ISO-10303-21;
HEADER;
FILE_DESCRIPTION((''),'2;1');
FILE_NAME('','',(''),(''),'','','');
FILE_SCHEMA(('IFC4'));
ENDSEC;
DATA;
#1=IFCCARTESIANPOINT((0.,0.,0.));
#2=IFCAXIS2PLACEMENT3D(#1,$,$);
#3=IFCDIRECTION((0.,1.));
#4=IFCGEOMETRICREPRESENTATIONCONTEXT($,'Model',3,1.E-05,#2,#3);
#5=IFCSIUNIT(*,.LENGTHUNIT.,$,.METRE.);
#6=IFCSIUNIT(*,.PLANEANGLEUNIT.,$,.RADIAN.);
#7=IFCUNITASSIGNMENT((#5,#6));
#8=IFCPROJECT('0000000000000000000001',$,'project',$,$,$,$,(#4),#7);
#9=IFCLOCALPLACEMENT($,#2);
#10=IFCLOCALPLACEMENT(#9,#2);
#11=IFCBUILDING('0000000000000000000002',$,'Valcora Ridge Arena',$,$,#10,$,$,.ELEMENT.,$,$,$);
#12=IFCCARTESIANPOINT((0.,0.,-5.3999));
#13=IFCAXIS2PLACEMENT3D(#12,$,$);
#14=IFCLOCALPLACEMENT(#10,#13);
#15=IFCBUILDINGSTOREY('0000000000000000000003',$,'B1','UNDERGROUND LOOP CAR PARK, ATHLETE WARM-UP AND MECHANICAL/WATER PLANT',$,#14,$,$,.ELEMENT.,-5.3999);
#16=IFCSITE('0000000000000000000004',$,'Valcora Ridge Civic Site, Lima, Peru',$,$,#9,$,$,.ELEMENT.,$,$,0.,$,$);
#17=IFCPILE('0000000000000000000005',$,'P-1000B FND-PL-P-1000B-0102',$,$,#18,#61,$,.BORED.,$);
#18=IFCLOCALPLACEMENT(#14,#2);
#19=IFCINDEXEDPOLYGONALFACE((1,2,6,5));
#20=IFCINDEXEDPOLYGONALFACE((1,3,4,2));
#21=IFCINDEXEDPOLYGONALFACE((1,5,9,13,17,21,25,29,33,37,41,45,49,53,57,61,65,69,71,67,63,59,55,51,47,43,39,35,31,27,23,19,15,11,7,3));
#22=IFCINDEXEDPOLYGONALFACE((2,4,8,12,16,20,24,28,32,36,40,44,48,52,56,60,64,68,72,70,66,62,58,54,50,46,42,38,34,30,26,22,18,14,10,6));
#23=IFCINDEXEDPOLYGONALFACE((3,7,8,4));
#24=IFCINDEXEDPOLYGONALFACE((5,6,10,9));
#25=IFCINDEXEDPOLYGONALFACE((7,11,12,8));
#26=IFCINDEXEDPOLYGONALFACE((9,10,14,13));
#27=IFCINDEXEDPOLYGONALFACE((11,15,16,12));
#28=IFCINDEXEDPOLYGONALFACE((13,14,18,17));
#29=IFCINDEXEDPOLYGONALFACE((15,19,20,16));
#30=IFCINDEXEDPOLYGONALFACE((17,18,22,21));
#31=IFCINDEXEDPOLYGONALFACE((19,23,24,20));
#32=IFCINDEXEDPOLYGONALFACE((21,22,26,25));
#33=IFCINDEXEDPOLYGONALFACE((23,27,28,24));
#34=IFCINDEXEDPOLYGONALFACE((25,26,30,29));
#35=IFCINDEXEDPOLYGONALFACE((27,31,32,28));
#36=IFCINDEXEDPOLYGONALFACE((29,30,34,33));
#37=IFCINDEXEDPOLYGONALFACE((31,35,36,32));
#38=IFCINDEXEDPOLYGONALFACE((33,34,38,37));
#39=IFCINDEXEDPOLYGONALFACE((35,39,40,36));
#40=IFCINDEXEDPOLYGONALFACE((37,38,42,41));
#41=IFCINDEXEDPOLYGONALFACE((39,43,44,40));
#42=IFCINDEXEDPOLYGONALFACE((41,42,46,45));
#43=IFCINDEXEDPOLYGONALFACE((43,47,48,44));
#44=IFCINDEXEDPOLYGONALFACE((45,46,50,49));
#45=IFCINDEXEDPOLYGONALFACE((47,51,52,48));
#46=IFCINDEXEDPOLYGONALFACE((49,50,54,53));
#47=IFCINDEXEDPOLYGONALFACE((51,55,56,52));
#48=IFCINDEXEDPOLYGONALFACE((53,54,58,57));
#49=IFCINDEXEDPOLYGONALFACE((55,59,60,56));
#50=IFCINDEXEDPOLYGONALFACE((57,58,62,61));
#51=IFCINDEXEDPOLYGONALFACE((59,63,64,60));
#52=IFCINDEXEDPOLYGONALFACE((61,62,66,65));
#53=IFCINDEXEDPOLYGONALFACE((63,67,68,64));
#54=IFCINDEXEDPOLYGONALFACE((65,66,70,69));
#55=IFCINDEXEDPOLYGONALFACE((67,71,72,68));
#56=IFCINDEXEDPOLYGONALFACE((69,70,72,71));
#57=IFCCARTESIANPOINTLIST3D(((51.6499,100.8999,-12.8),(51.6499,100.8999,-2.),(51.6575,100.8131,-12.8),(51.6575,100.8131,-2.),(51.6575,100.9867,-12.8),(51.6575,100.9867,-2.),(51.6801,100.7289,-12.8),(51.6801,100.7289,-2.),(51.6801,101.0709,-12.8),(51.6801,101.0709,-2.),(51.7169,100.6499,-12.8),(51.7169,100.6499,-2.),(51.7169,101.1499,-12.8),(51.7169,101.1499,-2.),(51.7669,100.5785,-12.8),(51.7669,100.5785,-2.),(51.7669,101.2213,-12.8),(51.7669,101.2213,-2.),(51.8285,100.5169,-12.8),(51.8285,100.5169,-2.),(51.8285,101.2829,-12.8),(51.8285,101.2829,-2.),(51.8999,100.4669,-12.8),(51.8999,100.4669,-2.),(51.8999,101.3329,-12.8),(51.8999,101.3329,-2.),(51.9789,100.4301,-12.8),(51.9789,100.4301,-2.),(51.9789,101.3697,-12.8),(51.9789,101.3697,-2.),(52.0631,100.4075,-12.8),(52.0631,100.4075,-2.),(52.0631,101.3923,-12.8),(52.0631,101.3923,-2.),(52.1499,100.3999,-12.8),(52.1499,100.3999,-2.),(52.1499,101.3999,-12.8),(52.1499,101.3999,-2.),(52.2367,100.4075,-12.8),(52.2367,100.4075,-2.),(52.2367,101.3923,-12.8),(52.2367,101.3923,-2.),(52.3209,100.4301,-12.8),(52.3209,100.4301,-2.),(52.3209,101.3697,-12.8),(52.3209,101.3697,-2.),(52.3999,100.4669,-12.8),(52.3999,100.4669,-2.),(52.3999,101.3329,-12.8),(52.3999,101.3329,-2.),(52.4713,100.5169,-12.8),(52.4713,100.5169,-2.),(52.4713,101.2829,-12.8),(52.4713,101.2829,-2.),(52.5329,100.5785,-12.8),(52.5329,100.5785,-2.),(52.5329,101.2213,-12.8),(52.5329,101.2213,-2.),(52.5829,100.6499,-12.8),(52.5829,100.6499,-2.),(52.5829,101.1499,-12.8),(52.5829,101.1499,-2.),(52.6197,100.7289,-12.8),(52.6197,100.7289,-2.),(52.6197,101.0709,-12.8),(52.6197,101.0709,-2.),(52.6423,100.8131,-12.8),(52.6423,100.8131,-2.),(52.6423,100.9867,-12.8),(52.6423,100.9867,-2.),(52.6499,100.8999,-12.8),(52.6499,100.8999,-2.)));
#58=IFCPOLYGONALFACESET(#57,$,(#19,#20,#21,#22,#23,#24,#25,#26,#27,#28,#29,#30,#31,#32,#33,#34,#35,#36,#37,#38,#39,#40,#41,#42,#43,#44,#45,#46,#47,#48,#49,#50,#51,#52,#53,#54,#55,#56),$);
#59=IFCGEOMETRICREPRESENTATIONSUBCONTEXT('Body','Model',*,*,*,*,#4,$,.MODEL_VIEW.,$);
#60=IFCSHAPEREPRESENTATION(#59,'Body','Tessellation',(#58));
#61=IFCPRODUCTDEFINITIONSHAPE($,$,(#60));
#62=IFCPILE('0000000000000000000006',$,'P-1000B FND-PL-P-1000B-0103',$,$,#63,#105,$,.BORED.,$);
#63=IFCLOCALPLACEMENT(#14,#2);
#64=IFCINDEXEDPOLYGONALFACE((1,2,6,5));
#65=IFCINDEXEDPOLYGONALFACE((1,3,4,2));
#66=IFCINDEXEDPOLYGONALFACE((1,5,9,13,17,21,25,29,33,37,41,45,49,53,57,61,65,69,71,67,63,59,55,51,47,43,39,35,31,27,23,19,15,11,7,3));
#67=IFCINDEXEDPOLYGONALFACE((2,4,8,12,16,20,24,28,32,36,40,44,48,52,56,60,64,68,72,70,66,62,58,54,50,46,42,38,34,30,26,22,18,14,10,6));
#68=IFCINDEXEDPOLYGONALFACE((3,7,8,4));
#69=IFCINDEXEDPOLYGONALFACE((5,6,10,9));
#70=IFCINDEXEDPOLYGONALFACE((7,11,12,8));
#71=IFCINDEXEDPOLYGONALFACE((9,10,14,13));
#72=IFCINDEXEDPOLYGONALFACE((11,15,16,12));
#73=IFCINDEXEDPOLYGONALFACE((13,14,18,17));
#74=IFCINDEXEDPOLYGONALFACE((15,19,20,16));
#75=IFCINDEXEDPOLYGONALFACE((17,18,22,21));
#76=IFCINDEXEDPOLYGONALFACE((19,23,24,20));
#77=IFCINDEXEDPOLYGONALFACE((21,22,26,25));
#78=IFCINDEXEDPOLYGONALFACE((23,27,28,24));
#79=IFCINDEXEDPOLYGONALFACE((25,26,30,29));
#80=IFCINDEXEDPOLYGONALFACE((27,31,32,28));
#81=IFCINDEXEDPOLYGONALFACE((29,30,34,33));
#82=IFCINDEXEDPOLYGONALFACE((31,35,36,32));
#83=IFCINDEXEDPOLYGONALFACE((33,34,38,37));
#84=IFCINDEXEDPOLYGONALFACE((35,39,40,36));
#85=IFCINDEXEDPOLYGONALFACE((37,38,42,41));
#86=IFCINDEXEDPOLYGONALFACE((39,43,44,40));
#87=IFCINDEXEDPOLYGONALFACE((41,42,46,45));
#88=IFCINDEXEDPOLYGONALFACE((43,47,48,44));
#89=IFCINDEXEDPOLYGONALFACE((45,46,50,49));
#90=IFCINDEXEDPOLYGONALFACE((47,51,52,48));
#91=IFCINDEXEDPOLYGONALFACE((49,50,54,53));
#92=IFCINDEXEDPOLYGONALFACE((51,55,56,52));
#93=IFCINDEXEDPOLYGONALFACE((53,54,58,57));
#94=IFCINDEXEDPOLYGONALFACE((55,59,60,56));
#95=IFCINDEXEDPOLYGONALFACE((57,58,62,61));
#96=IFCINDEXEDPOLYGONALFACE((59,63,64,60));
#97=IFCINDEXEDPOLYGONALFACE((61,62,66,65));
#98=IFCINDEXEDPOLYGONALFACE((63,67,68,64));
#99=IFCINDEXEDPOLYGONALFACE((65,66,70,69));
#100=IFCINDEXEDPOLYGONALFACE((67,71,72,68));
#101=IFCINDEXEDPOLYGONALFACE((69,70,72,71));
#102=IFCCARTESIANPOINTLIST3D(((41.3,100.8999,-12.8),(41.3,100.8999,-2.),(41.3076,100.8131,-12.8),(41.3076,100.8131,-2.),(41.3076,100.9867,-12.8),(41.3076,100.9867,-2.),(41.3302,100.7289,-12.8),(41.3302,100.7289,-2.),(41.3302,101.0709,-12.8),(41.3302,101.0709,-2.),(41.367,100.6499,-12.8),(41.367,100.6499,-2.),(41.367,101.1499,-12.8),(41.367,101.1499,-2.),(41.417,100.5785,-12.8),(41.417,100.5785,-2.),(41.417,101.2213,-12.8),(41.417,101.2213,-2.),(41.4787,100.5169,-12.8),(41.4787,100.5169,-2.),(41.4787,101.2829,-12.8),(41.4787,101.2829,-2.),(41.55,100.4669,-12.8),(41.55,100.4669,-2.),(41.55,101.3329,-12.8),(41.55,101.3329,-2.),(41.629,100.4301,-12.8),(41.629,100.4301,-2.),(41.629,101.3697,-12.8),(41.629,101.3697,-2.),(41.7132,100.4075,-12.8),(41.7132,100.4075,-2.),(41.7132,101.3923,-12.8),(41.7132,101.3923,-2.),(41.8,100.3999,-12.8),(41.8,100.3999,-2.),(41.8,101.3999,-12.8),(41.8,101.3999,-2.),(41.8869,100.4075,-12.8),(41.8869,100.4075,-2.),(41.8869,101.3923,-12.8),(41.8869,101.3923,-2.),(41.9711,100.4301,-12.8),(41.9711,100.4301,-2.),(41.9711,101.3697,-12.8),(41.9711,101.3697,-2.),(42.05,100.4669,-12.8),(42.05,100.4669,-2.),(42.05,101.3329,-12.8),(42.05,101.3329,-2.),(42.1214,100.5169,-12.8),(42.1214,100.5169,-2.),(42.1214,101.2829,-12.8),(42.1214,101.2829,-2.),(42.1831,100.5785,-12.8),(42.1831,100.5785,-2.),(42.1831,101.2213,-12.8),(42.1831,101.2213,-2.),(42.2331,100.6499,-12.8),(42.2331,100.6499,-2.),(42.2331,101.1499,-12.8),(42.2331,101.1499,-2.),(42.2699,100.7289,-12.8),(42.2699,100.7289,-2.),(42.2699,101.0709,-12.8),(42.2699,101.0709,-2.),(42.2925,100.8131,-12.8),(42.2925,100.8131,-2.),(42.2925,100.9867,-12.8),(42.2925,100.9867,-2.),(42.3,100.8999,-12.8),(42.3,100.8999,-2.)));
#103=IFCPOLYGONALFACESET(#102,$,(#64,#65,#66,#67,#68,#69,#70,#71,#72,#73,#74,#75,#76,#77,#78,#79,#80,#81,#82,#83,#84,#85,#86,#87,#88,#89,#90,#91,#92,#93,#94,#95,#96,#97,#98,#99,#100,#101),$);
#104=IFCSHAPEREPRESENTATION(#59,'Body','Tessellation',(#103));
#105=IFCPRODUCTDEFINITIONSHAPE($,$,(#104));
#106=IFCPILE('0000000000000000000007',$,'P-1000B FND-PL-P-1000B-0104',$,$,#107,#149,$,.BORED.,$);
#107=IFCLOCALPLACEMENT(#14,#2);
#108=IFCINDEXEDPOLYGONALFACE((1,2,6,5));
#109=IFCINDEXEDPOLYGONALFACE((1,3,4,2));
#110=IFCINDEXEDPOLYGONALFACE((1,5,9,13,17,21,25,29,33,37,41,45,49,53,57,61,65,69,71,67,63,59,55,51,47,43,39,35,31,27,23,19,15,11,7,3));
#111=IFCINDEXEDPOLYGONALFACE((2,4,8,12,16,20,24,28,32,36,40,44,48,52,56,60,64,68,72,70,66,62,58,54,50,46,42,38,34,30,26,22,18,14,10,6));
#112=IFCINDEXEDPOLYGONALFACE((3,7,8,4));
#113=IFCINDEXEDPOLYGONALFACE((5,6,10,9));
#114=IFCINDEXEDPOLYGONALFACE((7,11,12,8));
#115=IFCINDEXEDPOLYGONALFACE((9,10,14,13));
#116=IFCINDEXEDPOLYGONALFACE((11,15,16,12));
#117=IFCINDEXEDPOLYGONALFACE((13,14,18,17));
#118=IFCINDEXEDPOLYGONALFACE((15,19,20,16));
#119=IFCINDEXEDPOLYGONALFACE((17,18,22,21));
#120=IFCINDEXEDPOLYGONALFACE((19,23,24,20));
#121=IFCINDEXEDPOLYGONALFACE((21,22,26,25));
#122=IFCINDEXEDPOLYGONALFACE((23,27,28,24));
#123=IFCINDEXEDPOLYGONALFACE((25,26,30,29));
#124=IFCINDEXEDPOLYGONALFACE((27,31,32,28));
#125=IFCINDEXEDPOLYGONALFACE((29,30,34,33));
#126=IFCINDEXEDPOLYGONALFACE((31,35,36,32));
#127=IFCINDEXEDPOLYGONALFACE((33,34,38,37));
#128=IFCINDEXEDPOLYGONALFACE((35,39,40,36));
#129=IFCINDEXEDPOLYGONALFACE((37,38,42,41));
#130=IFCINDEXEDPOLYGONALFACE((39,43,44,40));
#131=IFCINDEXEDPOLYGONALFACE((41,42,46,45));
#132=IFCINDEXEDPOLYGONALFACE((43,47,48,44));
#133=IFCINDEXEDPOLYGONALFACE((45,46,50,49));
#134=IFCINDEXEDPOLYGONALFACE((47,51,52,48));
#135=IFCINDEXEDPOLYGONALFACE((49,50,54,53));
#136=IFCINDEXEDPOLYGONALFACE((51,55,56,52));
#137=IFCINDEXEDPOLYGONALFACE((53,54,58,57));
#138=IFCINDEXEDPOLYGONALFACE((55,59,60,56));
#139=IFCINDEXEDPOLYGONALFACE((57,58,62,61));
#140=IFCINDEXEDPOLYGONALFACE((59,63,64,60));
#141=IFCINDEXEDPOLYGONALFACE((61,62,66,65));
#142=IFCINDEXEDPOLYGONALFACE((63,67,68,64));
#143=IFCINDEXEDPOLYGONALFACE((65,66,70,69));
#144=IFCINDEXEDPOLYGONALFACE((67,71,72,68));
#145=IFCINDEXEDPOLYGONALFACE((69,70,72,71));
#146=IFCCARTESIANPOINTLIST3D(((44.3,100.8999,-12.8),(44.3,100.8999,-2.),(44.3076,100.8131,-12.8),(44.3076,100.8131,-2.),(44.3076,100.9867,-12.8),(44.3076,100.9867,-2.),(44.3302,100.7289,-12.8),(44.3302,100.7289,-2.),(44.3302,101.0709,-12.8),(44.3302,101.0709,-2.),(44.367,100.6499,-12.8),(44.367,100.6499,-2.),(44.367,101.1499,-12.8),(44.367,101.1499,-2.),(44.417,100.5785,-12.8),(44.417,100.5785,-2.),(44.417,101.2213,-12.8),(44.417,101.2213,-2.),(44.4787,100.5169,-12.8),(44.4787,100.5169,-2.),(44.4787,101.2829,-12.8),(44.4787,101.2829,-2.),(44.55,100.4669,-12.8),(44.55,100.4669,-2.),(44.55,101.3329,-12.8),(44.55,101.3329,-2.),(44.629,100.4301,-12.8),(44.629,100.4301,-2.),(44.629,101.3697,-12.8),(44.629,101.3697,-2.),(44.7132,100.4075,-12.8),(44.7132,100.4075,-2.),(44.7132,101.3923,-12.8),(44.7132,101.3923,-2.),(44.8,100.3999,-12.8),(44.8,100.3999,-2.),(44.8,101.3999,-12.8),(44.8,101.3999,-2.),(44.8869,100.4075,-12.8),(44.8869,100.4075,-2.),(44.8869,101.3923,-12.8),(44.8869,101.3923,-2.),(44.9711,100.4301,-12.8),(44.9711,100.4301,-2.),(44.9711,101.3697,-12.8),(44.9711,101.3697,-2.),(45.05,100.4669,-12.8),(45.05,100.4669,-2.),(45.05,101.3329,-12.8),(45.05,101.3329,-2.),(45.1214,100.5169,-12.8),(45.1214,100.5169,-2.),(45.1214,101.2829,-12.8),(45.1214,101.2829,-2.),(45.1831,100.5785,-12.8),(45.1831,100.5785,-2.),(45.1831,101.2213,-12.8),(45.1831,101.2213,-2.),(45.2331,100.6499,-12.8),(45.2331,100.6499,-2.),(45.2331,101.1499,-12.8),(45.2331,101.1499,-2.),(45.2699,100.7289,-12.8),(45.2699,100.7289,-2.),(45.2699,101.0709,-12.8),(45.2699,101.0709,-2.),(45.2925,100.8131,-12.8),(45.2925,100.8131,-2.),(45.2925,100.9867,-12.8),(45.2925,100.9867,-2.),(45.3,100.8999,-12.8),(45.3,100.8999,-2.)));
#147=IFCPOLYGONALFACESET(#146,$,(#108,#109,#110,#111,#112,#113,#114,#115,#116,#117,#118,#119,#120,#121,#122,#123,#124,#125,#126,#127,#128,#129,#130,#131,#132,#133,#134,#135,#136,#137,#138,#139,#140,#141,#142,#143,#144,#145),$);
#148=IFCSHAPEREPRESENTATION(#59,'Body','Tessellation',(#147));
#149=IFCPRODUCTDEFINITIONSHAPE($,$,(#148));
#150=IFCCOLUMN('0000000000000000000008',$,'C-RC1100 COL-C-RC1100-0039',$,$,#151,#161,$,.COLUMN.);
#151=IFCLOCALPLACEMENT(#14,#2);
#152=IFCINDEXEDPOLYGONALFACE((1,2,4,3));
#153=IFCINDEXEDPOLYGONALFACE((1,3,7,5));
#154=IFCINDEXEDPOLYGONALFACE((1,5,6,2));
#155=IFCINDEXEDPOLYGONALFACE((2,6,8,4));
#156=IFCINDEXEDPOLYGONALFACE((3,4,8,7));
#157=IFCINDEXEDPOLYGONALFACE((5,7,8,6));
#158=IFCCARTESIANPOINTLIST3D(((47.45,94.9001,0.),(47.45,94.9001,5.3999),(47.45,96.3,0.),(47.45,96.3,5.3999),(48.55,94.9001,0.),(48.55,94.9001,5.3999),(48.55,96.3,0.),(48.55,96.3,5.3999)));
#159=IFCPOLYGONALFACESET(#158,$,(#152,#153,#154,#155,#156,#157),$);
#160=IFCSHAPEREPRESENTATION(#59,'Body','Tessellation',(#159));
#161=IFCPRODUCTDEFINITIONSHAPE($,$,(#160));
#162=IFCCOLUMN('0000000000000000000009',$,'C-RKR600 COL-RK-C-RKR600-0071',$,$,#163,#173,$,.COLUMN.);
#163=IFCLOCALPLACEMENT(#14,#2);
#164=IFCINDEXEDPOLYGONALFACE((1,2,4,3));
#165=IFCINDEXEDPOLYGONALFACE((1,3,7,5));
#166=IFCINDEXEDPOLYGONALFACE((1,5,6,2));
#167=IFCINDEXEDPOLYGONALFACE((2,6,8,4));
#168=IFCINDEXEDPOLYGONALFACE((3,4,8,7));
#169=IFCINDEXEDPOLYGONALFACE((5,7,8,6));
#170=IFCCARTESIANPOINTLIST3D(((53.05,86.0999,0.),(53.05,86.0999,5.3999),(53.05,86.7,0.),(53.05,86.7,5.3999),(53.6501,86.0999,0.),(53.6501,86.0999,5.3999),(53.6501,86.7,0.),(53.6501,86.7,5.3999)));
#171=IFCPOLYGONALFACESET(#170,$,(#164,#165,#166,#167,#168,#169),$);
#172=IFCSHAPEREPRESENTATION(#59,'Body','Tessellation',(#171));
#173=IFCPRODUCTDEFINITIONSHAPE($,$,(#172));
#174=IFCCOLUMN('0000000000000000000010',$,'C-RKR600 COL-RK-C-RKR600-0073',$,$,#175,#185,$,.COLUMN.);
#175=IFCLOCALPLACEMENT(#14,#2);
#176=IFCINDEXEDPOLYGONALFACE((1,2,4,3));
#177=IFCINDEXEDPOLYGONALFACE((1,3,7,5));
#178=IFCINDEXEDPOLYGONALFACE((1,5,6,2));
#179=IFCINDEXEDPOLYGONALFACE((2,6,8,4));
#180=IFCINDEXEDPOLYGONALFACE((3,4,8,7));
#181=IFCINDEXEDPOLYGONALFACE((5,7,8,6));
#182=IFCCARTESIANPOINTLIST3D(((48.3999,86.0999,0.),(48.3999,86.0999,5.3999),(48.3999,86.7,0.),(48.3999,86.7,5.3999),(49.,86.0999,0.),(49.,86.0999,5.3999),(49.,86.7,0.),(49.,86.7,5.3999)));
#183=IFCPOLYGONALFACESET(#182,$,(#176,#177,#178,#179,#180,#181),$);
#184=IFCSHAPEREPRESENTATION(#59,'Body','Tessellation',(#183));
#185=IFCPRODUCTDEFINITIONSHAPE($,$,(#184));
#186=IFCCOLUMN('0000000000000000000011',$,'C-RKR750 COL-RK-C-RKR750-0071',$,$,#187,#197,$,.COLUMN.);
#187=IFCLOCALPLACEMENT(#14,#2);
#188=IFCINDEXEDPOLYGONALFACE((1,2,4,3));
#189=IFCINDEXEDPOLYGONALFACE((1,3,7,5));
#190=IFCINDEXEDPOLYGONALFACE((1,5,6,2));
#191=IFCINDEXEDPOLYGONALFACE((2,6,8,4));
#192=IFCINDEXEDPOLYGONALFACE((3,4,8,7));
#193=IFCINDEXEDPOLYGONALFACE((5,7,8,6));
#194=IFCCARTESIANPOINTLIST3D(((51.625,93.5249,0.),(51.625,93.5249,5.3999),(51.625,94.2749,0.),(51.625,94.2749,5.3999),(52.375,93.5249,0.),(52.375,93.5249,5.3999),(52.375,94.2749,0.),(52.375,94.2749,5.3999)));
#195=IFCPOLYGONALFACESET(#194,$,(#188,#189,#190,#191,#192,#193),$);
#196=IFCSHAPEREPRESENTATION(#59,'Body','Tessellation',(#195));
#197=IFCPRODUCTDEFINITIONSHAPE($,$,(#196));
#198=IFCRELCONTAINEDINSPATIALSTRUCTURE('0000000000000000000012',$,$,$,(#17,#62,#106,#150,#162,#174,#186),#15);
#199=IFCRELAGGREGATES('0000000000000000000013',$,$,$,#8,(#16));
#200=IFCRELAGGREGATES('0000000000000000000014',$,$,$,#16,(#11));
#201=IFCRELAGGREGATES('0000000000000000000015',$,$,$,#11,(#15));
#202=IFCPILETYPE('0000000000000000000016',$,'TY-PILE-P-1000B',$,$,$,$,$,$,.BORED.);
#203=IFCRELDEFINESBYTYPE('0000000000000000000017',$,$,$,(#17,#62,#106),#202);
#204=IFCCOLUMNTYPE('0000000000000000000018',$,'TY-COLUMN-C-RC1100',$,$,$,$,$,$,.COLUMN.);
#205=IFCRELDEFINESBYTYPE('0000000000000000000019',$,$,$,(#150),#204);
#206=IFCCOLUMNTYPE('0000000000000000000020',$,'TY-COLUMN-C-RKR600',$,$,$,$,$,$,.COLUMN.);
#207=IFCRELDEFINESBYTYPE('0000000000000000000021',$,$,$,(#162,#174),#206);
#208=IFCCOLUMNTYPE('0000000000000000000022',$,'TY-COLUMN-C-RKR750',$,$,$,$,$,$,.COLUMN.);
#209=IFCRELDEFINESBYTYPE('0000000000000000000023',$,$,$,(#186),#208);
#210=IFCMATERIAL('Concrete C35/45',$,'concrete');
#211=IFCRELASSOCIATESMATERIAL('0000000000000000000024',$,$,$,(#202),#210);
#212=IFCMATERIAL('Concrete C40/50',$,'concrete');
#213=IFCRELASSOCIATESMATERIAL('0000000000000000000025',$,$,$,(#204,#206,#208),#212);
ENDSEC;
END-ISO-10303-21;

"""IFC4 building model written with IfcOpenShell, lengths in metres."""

from ifc_helpers import new_model, si_unit, direction, frame, origin, origin_2d, place, context, subcontext, project, spatial, rectangle, circle, extrude, material, material_profile, profile_set, type_object, element, save


model = new_model("IFC4")

# Units and contexts
model_context = context("Model", 3, precision=1e-05, world=origin(), true_north=direction((0.0, 1.0)))
body_context = subcontext(model_context, "Body", "Model", "MODEL_VIEW")
ifc_project = project(units=[si_unit("LENGTHUNIT", "METRE"), si_unit("PLANEANGLEUNIT", "RADIAN")], contexts=[model_context])

# Site, building, storey
site_placement = place(None, origin())
site = spatial("IfcSite", under=ifc_project, at=site_placement, Name="Valcora Ridge Civic Site, Lima, Peru", CompositionType="ELEMENT", RefElevation=0.0)
building_placement = place(site_placement, origin())
building = spatial("IfcBuilding", under=site, at=building_placement, Name="Valcora Ridge Arena", CompositionType="ELEMENT")
storey_placement = place(building_placement, frame((0.0, 0.0, -5.3999)))
storey = spatial("IfcBuildingStorey", under=building, at=storey_placement, Name="B1", Description="UNDERGROUND LOOP CAR PARK, ATHLETE WARM-UP AND MECHANICAL/WATER PLANT", CompositionType="ELEMENT", Elevation=-5.3999)

# Shared definitions
ifc_material_1 = material(Name="Concrete C40/50", Category="concrete")

# Piles
ifc_material_2 = material(Name="Concrete C35/45", Category="concrete")
ifc_material_profile_1 = material_profile(ifc_material_2, circle(Radius=0.5, at=origin_2d()), Name="BORED PILE D1000")
ifc_profile_set_1 = profile_set([ifc_material_profile_1], Name="Concrete C35/45")
pile_type_1 = type_object("IfcPileType", Name="TY-PILE-P-1000B", PredefinedType="BORED", material=ifc_profile_set_1)
for number, where, z_axis, x_axis, name in (
    (1, (52.1499, 100.8999, -2.0), (0.0, 0.0, -1.0), (1.0, 0.0, 0.0), "P-1000B FND-PL-P-1000B-0102"),
    (2, (41.8, 100.8999, -2.0), (0.0, 0.0, -1.0), (1.0, 0.0, 0.0), "P-1000B FND-PL-P-1000B-0103"),
    (3, (44.8, 100.8999, -2.0), (0.0, 0.0, -1.0), (1.0, 0.0, 0.0), "P-1000B FND-PL-P-1000B-0104"),
):
    element("IfcPile", number, at=place(storey_placement, frame(where, z_axis=z_axis, x_axis=x_axis)), inside=storey, type_object=pile_type_1, Name=name, PredefinedType="BORED", context=body_context, shape_type="SweptSolid", body=[
        extrude(circle(Radius=0.5, at=origin_2d()), origin(), (0.0, 0.0, 1.0), 10.8),
    ])

# Columns
ifc_material_profile_2 = material_profile(ifc_material_1, rectangle(XDim=1.1001, YDim=1.3999, at=origin_2d()), Name="RC 1100x1400")
ifc_profile_set_2 = profile_set([ifc_material_profile_2], Name="Concrete C40/50")
column_type_1 = type_object("IfcColumnType", Name="TY-COLUMN-C-RC1100", PredefinedType="COLUMN", material=ifc_profile_set_2)
column_placement = place(storey_placement, frame((48.0, 95.6001, 0.0), z_axis=(0.0, 0.0, 1.0), x_axis=(1.0, 0.0, 0.0)))
element("IfcColumn", 4, at=column_placement, inside=storey, type_object=column_type_1, Name="C-RC1100 COL-C-RC1100-0039", PredefinedType="COLUMN", context=body_context, shape_type="SweptSolid", body=[
    extrude(rectangle(XDim=1.1001, YDim=1.3999, at=origin_2d()), origin(), (0.0, 0.0, 1.0), 5.3999),
])
ifc_material_profile_3 = material_profile(ifc_material_1, rectangle(XDim=0.6001, YDim=0.6001, at=origin_2d()), Name="RC 600x600")
ifc_profile_set_3 = profile_set([ifc_material_profile_3], Name="Concrete C40/50")
column_type_2 = type_object("IfcColumnType", Name="TY-COLUMN-C-RKR600", PredefinedType="COLUMN", material=ifc_profile_set_3)
for number, where, z_axis, x_axis, name in (
    (5, (53.3501, 86.3999, 0.0), (0.0, 0.0, 1.0), (1.0, 0.0, 0.0), "C-RKR600 COL-RK-C-RKR600-0071"),
    (6, (48.7, 86.3999, 0.0), (0.0, 0.0, 1.0), (1.0, 0.0, 0.0), "C-RKR600 COL-RK-C-RKR600-0073"),
):
    element("IfcColumn", number, at=place(storey_placement, frame(where, z_axis=z_axis, x_axis=x_axis)), inside=storey, type_object=column_type_2, Name=name, PredefinedType="COLUMN", context=body_context, shape_type="SweptSolid", body=[
        extrude(rectangle(XDim=0.6001, YDim=0.6001, at=origin_2d()), origin(), (0.0, 0.0, 1.0), 5.3999),
    ])
ifc_material_profile_4 = material_profile(ifc_material_1, rectangle(XDim=0.75, YDim=0.75, at=origin_2d()), Name="RC 750x750")
ifc_profile_set_4 = profile_set([ifc_material_profile_4], Name="Concrete C40/50")
column_type_3 = type_object("IfcColumnType", Name="TY-COLUMN-C-RKR750", PredefinedType="COLUMN", material=ifc_profile_set_4)
for number, where, z_axis, x_axis, name in (
    (7, (52.0, 93.8999, 0.0), (0.0, 0.0, 1.0), (1.0, 0.0, 0.0), "C-RKR750 COL-RK-C-RKR750-0071"),
):
    element("IfcColumn", number, at=place(storey_placement, frame(where, z_axis=z_axis, x_axis=x_axis)), inside=storey, type_object=column_type_3, Name=name, PredefinedType="COLUMN", context=body_context, shape_type="SweptSolid", body=[
        extrude(rectangle(XDim=0.75, YDim=0.75, at=origin_2d()), origin(), (0.0, 0.0, 1.0), 5.3999),
    ])

save(model, "model.ifc")
